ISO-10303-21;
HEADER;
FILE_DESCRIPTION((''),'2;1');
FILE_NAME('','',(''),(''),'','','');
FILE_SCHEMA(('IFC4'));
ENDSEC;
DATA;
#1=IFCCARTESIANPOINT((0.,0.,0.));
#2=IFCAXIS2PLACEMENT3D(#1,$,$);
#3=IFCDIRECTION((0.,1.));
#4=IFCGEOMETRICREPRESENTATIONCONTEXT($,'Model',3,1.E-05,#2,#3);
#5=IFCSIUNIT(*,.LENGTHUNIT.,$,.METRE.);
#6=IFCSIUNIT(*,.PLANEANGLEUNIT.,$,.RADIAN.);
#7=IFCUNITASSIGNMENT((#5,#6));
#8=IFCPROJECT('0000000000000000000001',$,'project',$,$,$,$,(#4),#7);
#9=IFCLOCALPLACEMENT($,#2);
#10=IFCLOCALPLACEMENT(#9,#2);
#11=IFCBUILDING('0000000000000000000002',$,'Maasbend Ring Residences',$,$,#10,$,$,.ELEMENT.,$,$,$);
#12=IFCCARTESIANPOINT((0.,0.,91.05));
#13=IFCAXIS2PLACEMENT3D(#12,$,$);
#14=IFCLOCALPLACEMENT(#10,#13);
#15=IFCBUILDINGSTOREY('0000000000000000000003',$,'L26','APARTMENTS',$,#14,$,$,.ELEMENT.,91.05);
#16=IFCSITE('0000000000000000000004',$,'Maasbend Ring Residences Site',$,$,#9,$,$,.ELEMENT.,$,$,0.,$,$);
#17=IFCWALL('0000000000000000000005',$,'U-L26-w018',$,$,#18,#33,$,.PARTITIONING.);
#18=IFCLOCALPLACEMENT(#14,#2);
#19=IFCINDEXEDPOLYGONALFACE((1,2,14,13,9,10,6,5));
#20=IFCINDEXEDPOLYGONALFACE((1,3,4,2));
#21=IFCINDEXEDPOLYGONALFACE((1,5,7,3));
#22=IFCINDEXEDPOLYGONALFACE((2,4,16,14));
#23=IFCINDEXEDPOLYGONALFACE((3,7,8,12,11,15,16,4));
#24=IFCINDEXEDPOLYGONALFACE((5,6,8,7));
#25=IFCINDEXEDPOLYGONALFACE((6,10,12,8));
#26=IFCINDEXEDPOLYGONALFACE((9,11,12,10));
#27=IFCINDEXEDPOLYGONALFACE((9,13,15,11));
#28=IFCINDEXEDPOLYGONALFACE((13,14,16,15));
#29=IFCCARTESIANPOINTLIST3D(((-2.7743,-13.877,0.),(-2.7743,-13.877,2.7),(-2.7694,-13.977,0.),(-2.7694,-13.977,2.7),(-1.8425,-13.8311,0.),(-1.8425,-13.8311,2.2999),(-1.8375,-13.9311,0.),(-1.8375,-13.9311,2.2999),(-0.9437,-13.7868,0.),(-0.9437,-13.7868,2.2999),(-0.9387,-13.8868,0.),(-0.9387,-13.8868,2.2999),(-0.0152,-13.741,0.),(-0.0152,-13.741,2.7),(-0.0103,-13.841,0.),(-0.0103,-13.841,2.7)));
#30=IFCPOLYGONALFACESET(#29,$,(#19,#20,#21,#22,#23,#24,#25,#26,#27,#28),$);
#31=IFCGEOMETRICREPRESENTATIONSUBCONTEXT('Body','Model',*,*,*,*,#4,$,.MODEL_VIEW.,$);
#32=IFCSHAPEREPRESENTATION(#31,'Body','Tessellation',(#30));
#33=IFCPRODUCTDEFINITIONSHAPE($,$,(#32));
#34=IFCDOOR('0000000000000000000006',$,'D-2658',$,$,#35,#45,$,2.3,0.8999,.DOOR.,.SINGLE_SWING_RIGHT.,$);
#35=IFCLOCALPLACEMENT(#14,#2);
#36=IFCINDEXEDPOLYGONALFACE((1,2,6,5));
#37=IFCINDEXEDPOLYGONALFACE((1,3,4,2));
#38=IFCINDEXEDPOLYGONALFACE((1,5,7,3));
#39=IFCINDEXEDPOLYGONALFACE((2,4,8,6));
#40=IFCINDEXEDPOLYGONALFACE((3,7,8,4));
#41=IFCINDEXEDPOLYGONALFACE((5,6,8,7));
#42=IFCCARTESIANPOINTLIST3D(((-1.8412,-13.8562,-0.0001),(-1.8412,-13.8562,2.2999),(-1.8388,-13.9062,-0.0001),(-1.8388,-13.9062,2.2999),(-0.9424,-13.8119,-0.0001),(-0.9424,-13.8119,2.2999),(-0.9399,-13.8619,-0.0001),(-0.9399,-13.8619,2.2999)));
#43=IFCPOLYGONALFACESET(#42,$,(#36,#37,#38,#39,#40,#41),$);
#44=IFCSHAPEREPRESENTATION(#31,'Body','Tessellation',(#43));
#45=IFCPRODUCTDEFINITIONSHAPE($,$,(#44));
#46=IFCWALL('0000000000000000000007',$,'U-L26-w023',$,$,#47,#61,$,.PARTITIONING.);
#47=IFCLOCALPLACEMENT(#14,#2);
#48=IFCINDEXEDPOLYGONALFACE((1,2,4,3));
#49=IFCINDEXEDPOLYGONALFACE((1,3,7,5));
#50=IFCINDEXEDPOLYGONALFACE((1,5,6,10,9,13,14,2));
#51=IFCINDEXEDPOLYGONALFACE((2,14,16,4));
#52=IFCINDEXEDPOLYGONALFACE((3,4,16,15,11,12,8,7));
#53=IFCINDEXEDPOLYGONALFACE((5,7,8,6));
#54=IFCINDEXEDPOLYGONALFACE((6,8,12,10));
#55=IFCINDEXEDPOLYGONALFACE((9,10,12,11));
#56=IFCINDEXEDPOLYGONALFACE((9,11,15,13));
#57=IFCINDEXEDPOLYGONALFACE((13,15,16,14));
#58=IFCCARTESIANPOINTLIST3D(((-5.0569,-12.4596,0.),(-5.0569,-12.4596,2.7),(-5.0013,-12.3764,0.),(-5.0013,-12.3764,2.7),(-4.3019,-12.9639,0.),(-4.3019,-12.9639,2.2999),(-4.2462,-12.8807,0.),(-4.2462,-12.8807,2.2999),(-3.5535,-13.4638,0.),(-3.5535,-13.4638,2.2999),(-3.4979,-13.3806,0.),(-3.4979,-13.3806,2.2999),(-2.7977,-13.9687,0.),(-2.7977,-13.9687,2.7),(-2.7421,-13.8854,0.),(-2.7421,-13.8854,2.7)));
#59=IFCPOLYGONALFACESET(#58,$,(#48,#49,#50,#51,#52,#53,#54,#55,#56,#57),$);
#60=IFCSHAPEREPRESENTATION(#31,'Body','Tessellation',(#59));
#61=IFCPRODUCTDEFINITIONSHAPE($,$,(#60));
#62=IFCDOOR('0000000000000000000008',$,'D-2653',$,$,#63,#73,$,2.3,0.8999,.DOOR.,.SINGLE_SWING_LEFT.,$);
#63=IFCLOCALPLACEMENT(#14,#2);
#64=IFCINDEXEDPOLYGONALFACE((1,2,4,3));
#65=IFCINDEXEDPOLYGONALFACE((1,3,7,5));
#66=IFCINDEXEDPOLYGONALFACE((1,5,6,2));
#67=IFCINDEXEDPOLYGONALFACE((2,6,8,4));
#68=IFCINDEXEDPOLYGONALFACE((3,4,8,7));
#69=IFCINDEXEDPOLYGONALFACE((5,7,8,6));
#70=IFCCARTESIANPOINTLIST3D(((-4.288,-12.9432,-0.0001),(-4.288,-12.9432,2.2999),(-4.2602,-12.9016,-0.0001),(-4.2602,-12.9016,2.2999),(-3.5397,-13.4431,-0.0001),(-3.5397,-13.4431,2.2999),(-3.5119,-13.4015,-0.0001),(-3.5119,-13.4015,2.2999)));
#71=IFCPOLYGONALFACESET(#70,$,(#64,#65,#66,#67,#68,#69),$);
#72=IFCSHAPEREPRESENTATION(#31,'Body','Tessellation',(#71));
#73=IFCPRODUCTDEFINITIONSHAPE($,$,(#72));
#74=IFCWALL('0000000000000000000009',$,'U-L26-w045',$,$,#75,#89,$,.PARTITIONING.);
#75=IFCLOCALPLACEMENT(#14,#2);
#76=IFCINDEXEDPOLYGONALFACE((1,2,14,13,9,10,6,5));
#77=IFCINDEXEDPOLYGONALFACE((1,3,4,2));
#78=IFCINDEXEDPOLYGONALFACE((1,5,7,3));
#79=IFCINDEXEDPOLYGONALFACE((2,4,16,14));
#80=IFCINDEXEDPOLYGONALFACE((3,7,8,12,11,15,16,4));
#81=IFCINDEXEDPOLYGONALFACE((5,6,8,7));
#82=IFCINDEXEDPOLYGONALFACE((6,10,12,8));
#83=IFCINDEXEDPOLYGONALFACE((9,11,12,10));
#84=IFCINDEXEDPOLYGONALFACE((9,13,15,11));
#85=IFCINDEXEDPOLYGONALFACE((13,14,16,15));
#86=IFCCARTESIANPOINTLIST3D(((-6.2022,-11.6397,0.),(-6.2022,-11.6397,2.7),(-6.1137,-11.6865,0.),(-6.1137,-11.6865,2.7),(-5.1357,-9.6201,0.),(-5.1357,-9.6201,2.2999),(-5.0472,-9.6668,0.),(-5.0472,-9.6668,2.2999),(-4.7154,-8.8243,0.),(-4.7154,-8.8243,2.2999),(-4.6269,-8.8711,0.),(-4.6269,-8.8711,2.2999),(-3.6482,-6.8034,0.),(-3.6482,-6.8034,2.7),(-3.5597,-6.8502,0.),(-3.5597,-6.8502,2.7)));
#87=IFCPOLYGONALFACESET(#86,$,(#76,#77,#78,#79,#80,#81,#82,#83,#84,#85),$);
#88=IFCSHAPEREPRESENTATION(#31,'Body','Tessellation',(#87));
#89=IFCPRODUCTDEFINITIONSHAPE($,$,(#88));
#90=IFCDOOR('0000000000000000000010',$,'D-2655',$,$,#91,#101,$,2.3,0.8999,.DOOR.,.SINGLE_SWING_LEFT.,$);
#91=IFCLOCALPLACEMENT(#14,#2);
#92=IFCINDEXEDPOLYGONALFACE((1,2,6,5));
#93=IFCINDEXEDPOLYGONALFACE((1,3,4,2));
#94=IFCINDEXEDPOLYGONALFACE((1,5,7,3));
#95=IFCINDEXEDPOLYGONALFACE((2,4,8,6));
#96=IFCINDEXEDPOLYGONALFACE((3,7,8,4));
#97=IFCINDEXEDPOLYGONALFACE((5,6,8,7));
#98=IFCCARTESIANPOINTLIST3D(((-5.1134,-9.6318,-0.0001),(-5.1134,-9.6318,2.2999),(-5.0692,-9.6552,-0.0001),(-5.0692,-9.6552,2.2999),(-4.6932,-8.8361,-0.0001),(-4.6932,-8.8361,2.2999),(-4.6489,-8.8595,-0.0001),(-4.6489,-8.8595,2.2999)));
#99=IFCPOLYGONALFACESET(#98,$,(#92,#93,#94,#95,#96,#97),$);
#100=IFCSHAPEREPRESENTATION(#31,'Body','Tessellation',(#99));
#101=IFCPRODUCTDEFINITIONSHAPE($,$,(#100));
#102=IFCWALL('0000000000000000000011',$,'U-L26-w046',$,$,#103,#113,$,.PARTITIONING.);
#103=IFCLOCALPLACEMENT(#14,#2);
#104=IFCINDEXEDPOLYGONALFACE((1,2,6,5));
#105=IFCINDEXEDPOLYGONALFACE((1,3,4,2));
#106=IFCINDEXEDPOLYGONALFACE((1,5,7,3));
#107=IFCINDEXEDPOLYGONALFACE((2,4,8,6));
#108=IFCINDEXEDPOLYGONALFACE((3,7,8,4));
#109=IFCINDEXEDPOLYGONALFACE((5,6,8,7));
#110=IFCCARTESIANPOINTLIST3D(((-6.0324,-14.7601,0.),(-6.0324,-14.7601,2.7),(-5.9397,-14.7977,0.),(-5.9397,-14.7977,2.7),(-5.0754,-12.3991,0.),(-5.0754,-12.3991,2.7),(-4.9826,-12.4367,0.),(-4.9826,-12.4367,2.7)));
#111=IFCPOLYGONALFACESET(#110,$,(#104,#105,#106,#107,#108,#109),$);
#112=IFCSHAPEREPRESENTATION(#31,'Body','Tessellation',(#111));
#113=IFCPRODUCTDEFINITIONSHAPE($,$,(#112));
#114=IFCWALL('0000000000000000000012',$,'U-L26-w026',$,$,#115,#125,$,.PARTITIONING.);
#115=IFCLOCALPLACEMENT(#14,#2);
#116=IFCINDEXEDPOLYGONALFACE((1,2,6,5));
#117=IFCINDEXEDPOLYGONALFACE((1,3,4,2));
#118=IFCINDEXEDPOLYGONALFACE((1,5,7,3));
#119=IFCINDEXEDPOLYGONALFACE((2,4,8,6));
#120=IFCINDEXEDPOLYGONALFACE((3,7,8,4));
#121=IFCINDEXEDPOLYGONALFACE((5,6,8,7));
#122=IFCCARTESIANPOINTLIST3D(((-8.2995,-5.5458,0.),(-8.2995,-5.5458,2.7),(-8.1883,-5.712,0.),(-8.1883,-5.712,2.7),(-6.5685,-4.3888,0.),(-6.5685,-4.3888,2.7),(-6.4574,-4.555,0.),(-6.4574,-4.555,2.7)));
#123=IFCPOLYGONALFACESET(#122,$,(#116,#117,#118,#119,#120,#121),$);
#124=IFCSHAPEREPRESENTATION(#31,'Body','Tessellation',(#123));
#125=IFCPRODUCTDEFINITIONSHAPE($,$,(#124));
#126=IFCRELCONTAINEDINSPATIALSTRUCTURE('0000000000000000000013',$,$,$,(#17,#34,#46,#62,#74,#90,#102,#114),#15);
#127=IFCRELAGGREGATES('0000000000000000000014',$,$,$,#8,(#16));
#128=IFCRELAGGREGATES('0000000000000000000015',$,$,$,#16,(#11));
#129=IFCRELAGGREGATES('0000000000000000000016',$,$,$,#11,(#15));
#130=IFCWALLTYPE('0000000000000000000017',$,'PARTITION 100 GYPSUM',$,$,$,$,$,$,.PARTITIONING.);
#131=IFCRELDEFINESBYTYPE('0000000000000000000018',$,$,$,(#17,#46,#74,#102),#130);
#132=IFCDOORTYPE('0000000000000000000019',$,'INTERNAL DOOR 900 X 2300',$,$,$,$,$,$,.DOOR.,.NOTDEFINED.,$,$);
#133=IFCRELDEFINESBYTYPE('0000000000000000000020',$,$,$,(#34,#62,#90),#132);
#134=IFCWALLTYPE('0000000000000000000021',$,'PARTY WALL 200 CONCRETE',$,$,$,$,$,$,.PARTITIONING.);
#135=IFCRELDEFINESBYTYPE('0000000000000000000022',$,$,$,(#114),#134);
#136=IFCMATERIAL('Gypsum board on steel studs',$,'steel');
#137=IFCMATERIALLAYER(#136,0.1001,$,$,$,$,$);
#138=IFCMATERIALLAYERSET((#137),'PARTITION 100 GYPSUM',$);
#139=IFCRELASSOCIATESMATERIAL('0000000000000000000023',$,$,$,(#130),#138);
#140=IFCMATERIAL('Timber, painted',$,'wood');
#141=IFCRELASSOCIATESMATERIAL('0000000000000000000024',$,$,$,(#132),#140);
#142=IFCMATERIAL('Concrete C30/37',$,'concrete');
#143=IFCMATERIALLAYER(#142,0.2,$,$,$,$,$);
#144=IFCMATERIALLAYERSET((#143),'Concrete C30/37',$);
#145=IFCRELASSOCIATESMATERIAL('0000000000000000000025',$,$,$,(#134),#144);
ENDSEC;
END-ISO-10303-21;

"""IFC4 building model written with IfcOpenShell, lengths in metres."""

from ifc_helpers import new_model, si_unit, direction, frame, frame_2d, origin, place, context, subcontext, project, spatial, rectangle, extrude, material, layer, layer_set, type_object, element, fill, save


model = new_model("IFC4")

# Units and contexts
model_context = context("Model", 3, precision=1e-05, world=origin(), true_north=direction((0.0, 1.0)))
body_context = subcontext(model_context, "Body", "Model", "MODEL_VIEW")
ifc_project = project(units=[si_unit("LENGTHUNIT", "METRE"), si_unit("PLANEANGLEUNIT", "RADIAN")], contexts=[model_context])

# Site, building, storey
site_placement = place(None, origin())
site = spatial("IfcSite", under=ifc_project, at=site_placement, Name="Maasbend Ring Residences Site", CompositionType="ELEMENT", RefElevation=0.0)
building_placement = place(site_placement, origin())
building = spatial("IfcBuilding", under=site, at=building_placement, Name="Maasbend Ring Residences", CompositionType="ELEMENT")
storey_placement = place(building_placement, frame((0.0, 0.0, 91.05)))
storey = spatial("IfcBuildingStorey", under=building, at=storey_placement, Name="L26", Description="APARTMENTS", CompositionType="ELEMENT", Elevation=91.05)

# Walls, openings, doors
ifc_material_1 = material(Name="Gypsum board on steel studs", Category="steel")
ifc_layer_1 = layer(ifc_material_1, 0.1001)
ifc_layer_set_1 = layer_set([ifc_layer_1], Name="PARTITION 100 GYPSUM")
wall_type_1 = type_object("IfcWallType", Name="PARTITION 100 GYPSUM", PredefinedType="PARTITIONING", material=ifc_layer_set_1)
wall_1_placement = place(storey_placement, frame((-2.772, -13.927, 0.0), z_axis=(0.0, 0.0, 1.0), x_axis=(0.998788, 0.049228, 0.0)))
wall_1 = element("IfcWall", 1, at=wall_1_placement, inside=storey, type_object=wall_type_1, Name="U-L26-w018", PredefinedType="PARTITIONING", context=body_context, shape_type="SweptSolid", body=[
    extrude(rectangle(XDim=2.7625, YDim=0.1001, at=frame_2d((1.3813, 0.0))), origin(), (0.0, 0.0, 1.0), 2.7),
])
opening_1_placement = place(wall_1_placement, frame((0.9331, 0.0, 0.0)))
opening_1 = element("IfcOpeningElement", 2, at=opening_1_placement, cuts=wall_1, PredefinedType="OPENING", context=body_context, shape_type="SweptSolid", body=[
    extrude(rectangle(XDim=0.8999, YDim=2.3, at=frame_2d((0.45, 1.1499))), frame((0.0, 0.0601, 0.0), z_axis=(0.0, -1.0, 0.0), x_axis=(1.0, 0.0, 0.0)), (0.0, 0.0, 1.0), 0.1201),
])
ifc_material_2 = material(Name="Timber, painted", Category="wood")
door_type = type_object("IfcDoorType", Name="INTERNAL DOOR 900 X 2300", OperationType="NOTDEFINED", PredefinedType="DOOR", material=ifc_material_2)
door_1_placement = place(opening_1_placement, origin())
door_1 = element("IfcDoor", 3, at=door_1_placement, inside=storey, type_object=door_type, Name="D-2658", OperationType="SINGLE_SWING_RIGHT", OverallHeight=2.3, OverallWidth=0.8999, PredefinedType="DOOR", context=body_context, shape_type="SweptSolid", body=[
    extrude(rectangle(XDim=0.8999, YDim=2.3, at=frame_2d((0.45, 1.1499))), frame((0.0, 0.0249, 0.0), z_axis=(0.0, -1.0, 0.0), x_axis=(1.0, 0.0, 0.0)), (0.0, 0.0, 1.0), 0.05),
])
fill(opening_1, door_1)
wall_2_placement = place(storey_placement, frame((-5.0291, -12.418, 0.0), z_axis=(0.0, 0.0, 1.0), x_axis=(0.831538, -0.555467, 0.0)))
wall_2 = element("IfcWall", 4, at=wall_2_placement, inside=storey, type_object=wall_type_1, Name="U-L26-w023", PredefinedType="PARTITIONING", context=body_context, shape_type="SweptSolid", body=[
    extrude(rectangle(XDim=2.7168, YDim=0.1001, at=frame_2d((1.3584, 0.0))), origin(), (0.0, 0.0, 1.0), 2.7),
])
opening_2_placement = place(wall_2_placement, frame((0.908, 0.0, 0.0)))
opening_2 = element("IfcOpeningElement", 5, at=opening_2_placement, cuts=wall_2, PredefinedType="OPENING", context=body_context, shape_type="SweptSolid", body=[
    extrude(rectangle(XDim=0.8999, YDim=2.3, at=frame_2d((0.45, 1.1499))), frame((0.0, 0.0601, 0.0), z_axis=(0.0, -1.0, 0.0), x_axis=(1.0, 0.0, 0.0)), (0.0, 0.0, 1.0), 0.1201),
])
door_2_placement = place(opening_2_placement, origin())
door_2 = element("IfcDoor", 6, at=door_2_placement, inside=storey, type_object=door_type, Name="D-2653", OperationType="SINGLE_SWING_LEFT", OverallHeight=2.3, OverallWidth=0.8999, PredefinedType="DOOR", context=body_context, shape_type="SweptSolid", body=[
    extrude(rectangle(XDim=0.8999, YDim=2.3, at=frame_2d((0.45, 1.1499))), frame((0.0, 0.0249, 0.0), z_axis=(0.0, -1.0, 0.0), x_axis=(1.0, 0.0, 0.0)), (0.0, 0.0, 1.0), 0.05),
])
fill(opening_2, door_2)
wall_3_placement = place(storey_placement, frame((-6.158, -11.6631, 0.0), z_axis=(0.0, 0.0, 1.0), x_axis=(0.466977, 0.88427, 0.0)))
wall_3 = element("IfcWall", 7, at=wall_3_placement, inside=storey, type_object=wall_type_1, Name="U-L26-w045", PredefinedType="PARTITIONING", context=body_context, shape_type="SweptSolid", body=[
    extrude(rectangle(XDim=5.4692, YDim=0.1001, at=frame_2d((2.7346, 0.0))), origin(), (0.0, 0.0, 1.0), 2.7),
])
opening_3_placement = place(wall_3_placement, frame((2.2839, 0.0, 0.0)))
opening_3 = element("IfcOpeningElement", 8, at=opening_3_placement, cuts=wall_3, PredefinedType="OPENING", context=body_context, shape_type="SweptSolid", body=[
    extrude(rectangle(XDim=0.8999, YDim=2.3, at=frame_2d((0.45, 1.1499))), frame((0.0, 0.0601, 0.0), z_axis=(0.0, -1.0, 0.0), x_axis=(1.0, 0.0, 0.0)), (0.0, 0.0, 1.0), 0.1201),
])
door_3_placement = place(opening_3_placement, origin())
door_3 = element("IfcDoor", 9, at=door_3_placement, inside=storey, type_object=door_type, Name="D-2655", OperationType="SINGLE_SWING_LEFT", OverallHeight=2.3, OverallWidth=0.8999, PredefinedType="DOOR", context=body_context, shape_type="SweptSolid", body=[
    extrude(rectangle(XDim=0.8999, YDim=2.3, at=frame_2d((0.45, 1.1499))), frame((0.0, 0.0249, 0.0), z_axis=(0.0, -1.0, 0.0), x_axis=(1.0, 0.0, 0.0)), (0.0, 0.0, 1.0), 0.05),
])
fill(opening_3, door_3)

# Walls
wall_4_placement = place(storey_placement, frame((-5.9861, -14.7791, 0.0), z_axis=(0.0, 0.0, 1.0), x_axis=(0.375649, 0.926762, 0.0)))
element("IfcWall", 10, at=wall_4_placement, inside=storey, type_object=wall_type_1, Name="U-L26-w046", PredefinedType="PARTITIONING", context=body_context, shape_type="SweptSolid", body=[
    extrude(rectangle(XDim=2.5476, YDim=0.1001, at=frame_2d((1.2739, 0.0))), origin(), (0.0, 0.0, 1.0), 2.7),
])
ifc_material_3 = material(Name="Concrete C30/37", Category="concrete")
ifc_layer_2 = layer(ifc_material_3, 0.2)
ifc_layer_set_2 = layer_set([ifc_layer_2], Name="Concrete C30/37")
wall_type_2 = type_object("IfcWallType", Name="PARTY WALL 200 CONCRETE", PredefinedType="PARTITIONING", material=ifc_layer_set_2)
wall_5_placement = place(storey_placement, frame((-6.5129, -4.4719, 0.0), z_axis=(0.0, 0.0, 1.0), x_axis=(-0.831382, -0.555701, 0.0)))
element("IfcWall", 11, at=wall_5_placement, inside=storey, type_object=wall_type_2, Name="U-L26-w026", PredefinedType="PARTITIONING", context=body_context, shape_type="SweptSolid", body=[
    extrude(rectangle(XDim=2.082, YDim=0.2, at=frame_2d((1.041, 0.0))), origin(), (0.0, 0.0, 1.0), 2.7),
])

save(model, "model.ifc")
